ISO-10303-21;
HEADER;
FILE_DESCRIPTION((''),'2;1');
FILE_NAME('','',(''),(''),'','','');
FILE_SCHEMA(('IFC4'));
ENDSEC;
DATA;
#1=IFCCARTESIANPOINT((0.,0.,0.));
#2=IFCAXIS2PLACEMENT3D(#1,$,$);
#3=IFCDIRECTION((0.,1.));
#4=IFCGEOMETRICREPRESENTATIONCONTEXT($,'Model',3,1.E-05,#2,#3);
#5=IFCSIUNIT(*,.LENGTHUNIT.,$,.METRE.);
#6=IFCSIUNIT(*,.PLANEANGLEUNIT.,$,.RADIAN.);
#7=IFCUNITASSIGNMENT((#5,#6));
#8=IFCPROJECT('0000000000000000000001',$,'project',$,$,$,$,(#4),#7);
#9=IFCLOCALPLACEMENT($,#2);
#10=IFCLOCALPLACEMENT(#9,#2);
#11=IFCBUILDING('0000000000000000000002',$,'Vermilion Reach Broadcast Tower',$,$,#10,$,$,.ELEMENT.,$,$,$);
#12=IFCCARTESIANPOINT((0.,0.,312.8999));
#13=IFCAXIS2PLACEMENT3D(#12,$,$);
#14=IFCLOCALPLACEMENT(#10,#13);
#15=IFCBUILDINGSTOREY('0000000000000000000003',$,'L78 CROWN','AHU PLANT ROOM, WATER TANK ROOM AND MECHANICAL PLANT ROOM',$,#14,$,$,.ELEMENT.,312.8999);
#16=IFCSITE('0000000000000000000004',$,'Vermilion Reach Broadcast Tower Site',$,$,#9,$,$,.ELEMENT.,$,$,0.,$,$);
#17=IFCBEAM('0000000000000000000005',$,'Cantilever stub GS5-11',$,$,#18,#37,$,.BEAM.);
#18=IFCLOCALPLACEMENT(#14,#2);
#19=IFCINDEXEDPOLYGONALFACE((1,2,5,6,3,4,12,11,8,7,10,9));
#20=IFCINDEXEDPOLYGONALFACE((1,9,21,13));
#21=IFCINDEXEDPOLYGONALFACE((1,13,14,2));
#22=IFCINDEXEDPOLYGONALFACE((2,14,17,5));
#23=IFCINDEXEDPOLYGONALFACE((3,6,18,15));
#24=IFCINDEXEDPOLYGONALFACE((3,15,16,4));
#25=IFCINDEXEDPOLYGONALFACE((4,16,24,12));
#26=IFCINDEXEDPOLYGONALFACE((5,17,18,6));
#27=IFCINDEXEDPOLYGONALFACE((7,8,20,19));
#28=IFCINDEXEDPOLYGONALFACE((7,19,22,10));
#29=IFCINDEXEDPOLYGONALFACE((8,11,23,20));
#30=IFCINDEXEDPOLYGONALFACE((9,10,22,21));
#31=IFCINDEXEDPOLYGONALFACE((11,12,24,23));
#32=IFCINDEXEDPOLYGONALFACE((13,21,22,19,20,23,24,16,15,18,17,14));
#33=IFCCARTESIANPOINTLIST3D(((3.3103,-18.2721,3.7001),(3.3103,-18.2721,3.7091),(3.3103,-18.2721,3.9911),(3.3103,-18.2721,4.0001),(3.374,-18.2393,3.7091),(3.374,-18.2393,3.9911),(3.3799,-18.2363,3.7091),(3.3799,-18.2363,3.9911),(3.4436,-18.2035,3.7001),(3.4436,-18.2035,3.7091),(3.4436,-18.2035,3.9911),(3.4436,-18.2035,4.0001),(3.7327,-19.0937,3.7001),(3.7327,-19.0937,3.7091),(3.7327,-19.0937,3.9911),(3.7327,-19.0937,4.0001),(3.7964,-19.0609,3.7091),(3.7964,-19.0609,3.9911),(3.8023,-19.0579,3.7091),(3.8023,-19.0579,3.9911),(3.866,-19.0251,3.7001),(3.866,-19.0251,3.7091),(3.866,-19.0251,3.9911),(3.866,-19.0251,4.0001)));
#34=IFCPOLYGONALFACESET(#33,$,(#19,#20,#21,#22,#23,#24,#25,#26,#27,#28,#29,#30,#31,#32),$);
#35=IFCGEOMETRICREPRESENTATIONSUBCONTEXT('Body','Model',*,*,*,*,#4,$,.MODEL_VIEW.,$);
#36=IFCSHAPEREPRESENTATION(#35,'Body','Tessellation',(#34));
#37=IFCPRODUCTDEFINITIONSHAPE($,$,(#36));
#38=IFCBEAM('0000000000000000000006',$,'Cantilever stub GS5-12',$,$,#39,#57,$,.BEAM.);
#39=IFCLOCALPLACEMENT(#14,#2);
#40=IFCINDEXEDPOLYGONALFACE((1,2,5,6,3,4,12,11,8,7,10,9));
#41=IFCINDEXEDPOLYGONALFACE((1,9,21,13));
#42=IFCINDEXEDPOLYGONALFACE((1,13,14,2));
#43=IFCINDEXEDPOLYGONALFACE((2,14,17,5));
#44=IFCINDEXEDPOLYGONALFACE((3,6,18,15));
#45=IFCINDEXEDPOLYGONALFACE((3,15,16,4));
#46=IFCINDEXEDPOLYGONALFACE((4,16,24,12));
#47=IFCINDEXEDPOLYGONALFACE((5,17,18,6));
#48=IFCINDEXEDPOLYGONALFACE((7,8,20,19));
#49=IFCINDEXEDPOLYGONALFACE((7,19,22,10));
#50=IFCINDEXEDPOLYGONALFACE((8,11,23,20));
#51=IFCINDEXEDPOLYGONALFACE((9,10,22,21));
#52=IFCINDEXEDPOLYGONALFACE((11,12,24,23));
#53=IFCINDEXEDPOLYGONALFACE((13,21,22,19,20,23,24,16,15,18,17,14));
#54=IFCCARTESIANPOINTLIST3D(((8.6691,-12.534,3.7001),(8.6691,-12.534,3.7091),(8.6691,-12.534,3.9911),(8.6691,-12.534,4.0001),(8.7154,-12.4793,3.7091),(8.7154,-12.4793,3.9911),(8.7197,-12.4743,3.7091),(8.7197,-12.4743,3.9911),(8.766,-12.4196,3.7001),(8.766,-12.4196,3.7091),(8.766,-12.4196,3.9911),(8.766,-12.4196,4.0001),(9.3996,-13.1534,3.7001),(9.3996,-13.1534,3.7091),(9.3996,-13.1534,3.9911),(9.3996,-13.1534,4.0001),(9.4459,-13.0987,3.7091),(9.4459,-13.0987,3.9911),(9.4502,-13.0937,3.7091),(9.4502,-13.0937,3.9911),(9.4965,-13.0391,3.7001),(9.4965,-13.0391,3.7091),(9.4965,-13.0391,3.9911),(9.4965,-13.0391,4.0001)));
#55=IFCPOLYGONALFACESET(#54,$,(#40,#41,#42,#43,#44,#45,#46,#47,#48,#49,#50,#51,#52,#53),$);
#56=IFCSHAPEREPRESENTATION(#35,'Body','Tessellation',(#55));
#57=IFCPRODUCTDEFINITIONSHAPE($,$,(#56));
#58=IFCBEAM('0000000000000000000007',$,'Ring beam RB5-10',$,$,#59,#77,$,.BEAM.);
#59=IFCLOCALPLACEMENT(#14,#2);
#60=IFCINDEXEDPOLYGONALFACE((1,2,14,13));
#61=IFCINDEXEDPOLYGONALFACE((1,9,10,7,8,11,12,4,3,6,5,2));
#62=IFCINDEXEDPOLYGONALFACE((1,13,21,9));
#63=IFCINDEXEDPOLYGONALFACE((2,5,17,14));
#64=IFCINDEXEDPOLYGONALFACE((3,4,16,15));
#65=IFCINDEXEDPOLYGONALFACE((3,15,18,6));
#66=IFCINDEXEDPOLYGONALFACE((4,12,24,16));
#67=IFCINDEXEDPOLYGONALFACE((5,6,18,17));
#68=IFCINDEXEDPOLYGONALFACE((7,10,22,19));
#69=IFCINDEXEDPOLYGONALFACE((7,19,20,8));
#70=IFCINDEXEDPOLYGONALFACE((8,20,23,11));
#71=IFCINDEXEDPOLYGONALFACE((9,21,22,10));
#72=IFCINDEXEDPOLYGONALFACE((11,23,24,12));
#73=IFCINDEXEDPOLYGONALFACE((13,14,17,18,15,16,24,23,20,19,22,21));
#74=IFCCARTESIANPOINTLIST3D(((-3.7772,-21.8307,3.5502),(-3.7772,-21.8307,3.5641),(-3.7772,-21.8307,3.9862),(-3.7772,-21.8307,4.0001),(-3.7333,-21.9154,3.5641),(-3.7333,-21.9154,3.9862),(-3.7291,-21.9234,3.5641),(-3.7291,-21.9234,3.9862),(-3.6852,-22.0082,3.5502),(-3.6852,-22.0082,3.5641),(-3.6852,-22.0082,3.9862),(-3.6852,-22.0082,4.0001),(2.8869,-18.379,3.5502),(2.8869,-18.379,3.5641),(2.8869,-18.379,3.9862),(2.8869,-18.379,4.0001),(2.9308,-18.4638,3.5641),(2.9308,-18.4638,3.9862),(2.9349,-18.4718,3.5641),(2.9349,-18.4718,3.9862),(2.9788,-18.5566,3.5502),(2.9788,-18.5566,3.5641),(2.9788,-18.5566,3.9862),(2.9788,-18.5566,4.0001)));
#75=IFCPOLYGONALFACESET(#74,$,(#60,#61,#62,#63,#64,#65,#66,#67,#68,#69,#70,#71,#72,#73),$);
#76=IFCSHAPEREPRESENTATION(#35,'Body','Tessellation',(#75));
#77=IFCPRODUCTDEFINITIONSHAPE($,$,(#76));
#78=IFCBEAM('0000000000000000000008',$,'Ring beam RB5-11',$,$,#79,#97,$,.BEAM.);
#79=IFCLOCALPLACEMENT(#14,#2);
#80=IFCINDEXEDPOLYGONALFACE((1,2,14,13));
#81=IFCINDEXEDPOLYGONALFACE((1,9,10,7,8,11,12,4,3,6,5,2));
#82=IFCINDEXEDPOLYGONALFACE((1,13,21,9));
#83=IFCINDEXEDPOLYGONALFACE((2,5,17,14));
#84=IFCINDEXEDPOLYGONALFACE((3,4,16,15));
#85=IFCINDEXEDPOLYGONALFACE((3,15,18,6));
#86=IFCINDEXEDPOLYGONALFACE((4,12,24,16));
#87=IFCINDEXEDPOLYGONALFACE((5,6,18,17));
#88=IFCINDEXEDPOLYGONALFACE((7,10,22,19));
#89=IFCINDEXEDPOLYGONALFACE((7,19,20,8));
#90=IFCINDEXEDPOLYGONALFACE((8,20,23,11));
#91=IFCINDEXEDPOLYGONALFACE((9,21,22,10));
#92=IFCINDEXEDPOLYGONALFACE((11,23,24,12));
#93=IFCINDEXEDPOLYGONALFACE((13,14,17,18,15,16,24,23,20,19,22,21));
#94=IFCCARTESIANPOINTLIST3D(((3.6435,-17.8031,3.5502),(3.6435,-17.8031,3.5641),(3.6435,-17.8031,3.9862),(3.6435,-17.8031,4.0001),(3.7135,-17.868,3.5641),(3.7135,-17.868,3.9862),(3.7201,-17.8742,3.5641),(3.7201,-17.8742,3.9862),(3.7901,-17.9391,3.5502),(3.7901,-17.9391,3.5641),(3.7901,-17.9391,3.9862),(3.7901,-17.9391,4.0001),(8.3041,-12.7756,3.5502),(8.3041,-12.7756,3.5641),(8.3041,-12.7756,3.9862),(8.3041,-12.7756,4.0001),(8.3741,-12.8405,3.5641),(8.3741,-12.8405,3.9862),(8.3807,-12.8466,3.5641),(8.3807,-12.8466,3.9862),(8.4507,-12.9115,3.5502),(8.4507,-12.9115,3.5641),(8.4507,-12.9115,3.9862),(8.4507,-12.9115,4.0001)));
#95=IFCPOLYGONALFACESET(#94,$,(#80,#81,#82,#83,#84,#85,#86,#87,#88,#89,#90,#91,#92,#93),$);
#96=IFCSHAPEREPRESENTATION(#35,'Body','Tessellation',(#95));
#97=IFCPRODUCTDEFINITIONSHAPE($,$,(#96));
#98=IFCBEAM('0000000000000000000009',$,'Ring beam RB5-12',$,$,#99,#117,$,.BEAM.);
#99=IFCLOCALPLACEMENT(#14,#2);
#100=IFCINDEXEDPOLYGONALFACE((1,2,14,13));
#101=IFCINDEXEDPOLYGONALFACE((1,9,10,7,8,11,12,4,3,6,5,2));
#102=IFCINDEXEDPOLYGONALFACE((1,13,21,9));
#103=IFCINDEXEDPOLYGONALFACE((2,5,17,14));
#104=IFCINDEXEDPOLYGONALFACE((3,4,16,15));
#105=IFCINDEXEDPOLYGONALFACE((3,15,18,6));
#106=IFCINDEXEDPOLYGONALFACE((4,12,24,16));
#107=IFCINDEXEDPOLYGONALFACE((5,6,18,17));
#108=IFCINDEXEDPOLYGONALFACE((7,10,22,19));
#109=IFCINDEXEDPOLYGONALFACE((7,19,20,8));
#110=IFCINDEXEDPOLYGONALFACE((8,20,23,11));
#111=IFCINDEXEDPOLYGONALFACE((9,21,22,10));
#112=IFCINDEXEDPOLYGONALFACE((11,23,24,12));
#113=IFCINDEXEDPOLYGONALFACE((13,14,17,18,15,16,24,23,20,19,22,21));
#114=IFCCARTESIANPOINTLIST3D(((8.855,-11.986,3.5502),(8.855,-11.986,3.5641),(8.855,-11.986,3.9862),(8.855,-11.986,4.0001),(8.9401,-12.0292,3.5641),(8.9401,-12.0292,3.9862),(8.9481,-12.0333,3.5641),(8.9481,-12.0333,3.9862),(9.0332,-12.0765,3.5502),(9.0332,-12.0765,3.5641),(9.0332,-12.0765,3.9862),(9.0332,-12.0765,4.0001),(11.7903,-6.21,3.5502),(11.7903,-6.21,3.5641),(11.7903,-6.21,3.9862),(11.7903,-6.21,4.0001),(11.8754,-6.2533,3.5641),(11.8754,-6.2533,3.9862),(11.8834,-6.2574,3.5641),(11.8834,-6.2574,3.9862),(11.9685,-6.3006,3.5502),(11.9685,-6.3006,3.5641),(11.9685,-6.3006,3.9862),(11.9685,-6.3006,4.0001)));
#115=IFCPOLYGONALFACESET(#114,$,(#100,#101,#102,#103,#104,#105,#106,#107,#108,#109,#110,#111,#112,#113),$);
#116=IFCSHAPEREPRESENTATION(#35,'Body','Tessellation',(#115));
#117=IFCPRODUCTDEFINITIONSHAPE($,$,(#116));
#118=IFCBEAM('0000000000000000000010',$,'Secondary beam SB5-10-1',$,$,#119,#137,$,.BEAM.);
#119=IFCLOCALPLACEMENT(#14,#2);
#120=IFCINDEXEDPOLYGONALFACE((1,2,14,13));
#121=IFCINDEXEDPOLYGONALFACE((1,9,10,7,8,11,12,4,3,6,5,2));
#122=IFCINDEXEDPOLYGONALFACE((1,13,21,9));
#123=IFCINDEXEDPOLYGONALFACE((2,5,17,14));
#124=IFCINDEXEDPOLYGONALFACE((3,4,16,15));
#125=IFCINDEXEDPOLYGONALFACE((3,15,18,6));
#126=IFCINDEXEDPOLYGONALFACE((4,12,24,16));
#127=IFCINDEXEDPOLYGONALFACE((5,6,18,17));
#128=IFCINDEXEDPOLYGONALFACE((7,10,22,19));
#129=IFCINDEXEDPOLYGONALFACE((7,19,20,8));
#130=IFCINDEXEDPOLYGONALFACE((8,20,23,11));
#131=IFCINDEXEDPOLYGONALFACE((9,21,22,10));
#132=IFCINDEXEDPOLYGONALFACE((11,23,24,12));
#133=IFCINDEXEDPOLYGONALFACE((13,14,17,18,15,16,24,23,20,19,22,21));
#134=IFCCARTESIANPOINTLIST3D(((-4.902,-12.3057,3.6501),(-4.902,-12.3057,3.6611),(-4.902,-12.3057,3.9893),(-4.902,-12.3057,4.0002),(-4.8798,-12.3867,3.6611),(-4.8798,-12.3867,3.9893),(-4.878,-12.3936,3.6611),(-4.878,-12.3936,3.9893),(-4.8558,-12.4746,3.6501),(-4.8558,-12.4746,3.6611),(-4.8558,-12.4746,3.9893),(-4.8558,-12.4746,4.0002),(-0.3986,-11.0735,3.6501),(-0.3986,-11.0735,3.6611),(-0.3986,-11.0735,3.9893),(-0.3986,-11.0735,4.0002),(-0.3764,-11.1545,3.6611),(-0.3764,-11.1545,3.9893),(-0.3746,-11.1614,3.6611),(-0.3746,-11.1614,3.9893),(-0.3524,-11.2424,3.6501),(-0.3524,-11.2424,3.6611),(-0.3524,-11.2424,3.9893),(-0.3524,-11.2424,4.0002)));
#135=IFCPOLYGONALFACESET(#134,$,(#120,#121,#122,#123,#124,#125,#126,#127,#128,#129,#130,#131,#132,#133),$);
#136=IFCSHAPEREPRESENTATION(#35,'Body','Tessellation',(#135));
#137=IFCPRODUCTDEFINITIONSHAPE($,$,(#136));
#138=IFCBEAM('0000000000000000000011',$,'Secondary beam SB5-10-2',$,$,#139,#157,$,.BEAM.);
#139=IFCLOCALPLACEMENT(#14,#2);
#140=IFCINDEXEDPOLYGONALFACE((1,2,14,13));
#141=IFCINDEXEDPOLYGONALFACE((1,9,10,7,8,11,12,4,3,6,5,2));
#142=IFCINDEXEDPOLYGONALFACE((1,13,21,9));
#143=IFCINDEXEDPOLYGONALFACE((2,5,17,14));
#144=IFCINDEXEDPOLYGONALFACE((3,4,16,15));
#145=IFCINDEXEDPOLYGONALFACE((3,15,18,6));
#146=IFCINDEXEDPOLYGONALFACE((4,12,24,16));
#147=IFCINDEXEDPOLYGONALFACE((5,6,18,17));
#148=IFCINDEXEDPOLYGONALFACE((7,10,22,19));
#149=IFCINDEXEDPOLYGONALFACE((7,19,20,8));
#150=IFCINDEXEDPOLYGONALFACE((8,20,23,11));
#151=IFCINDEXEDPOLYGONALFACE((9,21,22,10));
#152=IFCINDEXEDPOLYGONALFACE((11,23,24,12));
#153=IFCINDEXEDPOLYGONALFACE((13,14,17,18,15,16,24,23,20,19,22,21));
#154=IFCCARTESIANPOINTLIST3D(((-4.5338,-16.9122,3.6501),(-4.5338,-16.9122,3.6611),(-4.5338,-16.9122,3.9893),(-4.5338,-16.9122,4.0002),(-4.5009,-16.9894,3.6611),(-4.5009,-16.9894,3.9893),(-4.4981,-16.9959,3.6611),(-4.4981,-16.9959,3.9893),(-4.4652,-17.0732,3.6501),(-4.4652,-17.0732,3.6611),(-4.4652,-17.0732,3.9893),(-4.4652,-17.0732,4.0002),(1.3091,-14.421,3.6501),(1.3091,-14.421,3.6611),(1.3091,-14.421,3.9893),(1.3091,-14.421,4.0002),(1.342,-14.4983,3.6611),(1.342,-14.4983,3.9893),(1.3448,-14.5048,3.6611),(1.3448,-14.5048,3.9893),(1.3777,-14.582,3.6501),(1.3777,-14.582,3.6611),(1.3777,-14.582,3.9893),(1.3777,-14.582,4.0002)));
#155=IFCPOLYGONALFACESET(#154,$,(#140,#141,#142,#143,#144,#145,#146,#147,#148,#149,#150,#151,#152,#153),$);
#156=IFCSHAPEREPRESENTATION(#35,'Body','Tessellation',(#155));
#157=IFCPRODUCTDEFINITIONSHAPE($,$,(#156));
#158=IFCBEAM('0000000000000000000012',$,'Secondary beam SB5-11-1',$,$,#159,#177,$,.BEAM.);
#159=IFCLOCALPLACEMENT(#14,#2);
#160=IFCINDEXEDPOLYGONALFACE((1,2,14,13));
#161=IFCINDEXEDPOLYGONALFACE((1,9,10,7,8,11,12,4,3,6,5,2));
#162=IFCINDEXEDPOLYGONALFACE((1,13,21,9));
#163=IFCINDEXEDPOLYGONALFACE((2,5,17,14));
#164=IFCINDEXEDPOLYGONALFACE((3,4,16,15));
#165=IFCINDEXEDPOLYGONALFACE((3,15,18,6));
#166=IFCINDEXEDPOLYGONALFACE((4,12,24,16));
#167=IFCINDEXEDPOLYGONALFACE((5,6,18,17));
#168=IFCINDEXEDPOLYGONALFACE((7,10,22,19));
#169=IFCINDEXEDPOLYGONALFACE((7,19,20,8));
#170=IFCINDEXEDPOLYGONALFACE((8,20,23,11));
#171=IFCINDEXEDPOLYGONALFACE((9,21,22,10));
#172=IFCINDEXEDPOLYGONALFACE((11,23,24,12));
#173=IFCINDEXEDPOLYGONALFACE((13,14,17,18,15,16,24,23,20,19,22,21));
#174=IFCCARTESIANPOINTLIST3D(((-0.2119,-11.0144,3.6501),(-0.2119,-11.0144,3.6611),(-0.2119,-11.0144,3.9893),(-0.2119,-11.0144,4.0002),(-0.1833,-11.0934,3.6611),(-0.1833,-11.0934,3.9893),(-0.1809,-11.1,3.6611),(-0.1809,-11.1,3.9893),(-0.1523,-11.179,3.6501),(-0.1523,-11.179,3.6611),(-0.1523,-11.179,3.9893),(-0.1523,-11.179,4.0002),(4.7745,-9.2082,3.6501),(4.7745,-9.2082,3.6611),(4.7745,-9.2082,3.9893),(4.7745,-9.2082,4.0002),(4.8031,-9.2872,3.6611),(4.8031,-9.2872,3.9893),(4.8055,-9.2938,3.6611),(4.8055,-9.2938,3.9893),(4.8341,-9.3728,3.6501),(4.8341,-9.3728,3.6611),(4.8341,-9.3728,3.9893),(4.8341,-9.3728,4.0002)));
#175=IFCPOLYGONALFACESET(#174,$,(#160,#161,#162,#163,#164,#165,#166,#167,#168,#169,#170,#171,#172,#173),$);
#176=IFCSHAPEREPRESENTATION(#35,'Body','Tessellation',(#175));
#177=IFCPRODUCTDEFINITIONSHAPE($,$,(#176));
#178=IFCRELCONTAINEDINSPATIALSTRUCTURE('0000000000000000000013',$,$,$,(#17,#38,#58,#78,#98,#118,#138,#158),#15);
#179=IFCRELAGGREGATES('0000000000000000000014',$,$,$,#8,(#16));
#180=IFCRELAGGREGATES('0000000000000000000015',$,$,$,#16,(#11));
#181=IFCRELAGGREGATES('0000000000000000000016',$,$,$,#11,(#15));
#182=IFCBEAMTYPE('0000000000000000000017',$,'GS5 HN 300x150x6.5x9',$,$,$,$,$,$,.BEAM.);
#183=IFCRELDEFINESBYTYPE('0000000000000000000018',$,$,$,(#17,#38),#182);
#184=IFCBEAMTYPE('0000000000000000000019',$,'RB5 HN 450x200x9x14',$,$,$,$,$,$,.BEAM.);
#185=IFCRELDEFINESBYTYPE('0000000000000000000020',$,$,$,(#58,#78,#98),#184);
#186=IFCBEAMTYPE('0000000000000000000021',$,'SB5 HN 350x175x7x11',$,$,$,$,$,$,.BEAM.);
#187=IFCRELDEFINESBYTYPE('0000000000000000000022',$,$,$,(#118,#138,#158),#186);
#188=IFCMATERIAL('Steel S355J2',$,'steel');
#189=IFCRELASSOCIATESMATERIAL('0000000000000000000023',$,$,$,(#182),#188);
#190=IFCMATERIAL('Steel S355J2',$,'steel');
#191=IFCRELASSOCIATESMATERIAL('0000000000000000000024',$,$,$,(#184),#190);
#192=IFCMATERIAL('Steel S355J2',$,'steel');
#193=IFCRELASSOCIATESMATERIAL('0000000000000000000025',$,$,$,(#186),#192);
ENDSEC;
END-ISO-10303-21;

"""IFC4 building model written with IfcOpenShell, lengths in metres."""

from ifc_helpers import new_model, si_unit, direction, frame, origin, origin_2d, place, context, subcontext, project, spatial, i_section, extrude, material, material_profile, profile_set, type_object, element, save


model = new_model("IFC4")

# Units and contexts
model_context = context("Model", 3, precision=1e-05, world=origin(), true_north=direction((0.0, 1.0)))
body_context = subcontext(model_context, "Body", "Model", "MODEL_VIEW")
ifc_project = project(units=[si_unit("LENGTHUNIT", "METRE"), si_unit("PLANEANGLEUNIT", "RADIAN")], contexts=[model_context])

# Site, building, storey
site_placement = place(None, origin())
site = spatial("IfcSite", under=ifc_project, at=site_placement, Name="Vermilion Reach Broadcast Tower Site", CompositionType="ELEMENT", RefElevation=0.0)
building_placement = place(site_placement, origin())
building = spatial("IfcBuilding", under=site, at=building_placement, Name="Vermilion Reach Broadcast Tower", CompositionType="ELEMENT")
storey_placement = place(building_placement, frame((0.0, 0.0, 312.8999)))
storey = spatial("IfcBuildingStorey", under=building, at=storey_placement, Name="L78 CROWN", Description="AHU PLANT ROOM, WATER TANK ROOM AND MECHANICAL PLANT ROOM", CompositionType="ELEMENT", Elevation=312.8999)

# Beams
ifc_material_1 = material(Name="Steel S355J2", Category="steel")
ifc_material_profile_1 = material_profile(ifc_material_1, i_section(OverallWidth=0.1499, OverallDepth=0.3, WebThickness=0.0066, FlangeThickness=0.009, at=origin_2d()), Name="S355J2 HN 300x150x6.5x9")
ifc_profile_set_1 = profile_set([ifc_material_profile_1], Name="Steel S355J2")
beam_type_1 = type_object("IfcBeamType", Name="GS5 HN 300x150x6.5x9", PredefinedType="BEAM", material=ifc_profile_set_1)
beam_1_placement = place(storey_placement, frame((3.377, -18.2378, 3.8501), z_axis=(0.457229, -0.889349, 0.0), x_axis=(0.889349, 0.457229, 0.0)))
element("IfcBeam", 1, at=beam_1_placement, inside=storey, type_object=beam_type_1, Name="Cantilever stub GS5-11", PredefinedType="BEAM", context=body_context, shape_type="SweptSolid", body=[
    extrude(i_section(OverallWidth=0.1499, OverallDepth=0.3, WebThickness=0.0066, FlangeThickness=0.009, at=origin_2d()), origin(), (0.0, 0.0, 1.0), 0.9238),
])
beam_2_placement = place(storey_placement, frame((8.7175, -12.4768, 3.8501), z_axis=(0.762719, -0.64673, 0.0), x_axis=(0.64673, 0.762719, 0.0)))
element("IfcBeam", 2, at=beam_2_placement, inside=storey, type_object=beam_type_1, Name="Cantilever stub GS5-12", PredefinedType="BEAM", context=body_context, shape_type="SweptSolid", body=[
    extrude(i_section(OverallWidth=0.1499, OverallDepth=0.3, WebThickness=0.0066, FlangeThickness=0.009, at=origin_2d()), origin(), (0.0, 0.0, 1.0), 0.9578),
])
ifc_material_2 = material(Name="Steel S355J2", Category="steel")
ifc_material_profile_2 = material_profile(ifc_material_2, i_section(OverallWidth=0.2, OverallDepth=0.45, WebThickness=0.009, FlangeThickness=0.0139, at=origin_2d()), Name="S355J2 HN 450x200x9x14")
ifc_profile_set_2 = profile_set([ifc_material_profile_2], Name="Steel S355J2")
beam_type_2 = type_object("IfcBeamType", Name="RB5 HN 450x200x9x14", PredefinedType="BEAM", material=ifc_profile_set_2)
beam_3_placement = place(storey_placement, frame((-3.7312, -21.9194, 3.7751), z_axis=(0.88796, 0.45992, 0.0), x_axis=(-0.45992, 0.88796, 0.0)))
element("IfcBeam", 3, at=beam_3_placement, inside=storey, type_object=beam_type_2, Name="Ring beam RB5-10", PredefinedType="BEAM", context=body_context, shape_type="SweptSolid", body=[
    extrude(i_section(OverallWidth=0.2, OverallDepth=0.45, WebThickness=0.009, FlangeThickness=0.0139, at=origin_2d()), origin(), (0.0, 0.0, 1.0), 7.5049),
])
beam_4_placement = place(storey_placement, frame((3.7168, -17.8711, 3.7751), z_axis=(0.679838, 0.733363, 0.0), x_axis=(-0.733363, 0.679838, 0.0)))
element("IfcBeam", 4, at=beam_4_placement, inside=storey, type_object=beam_type_2, Name="Ring beam RB5-11", PredefinedType="BEAM", context=body_context, shape_type="SweptSolid", body=[
    extrude(i_section(OverallWidth=0.2, OverallDepth=0.45, WebThickness=0.009, FlangeThickness=0.0139, at=origin_2d()), origin(), (0.0, 0.0, 1.0), 6.8555),
])
beam_5_placement = place(storey_placement, frame((8.9441, -12.0312, 3.7751), z_axis=(0.453052, 0.891484, 0.0), x_axis=(-0.891484, 0.453052, 0.0)))
element("IfcBeam", 5, at=beam_5_placement, inside=storey, type_object=beam_type_2, Name="Ring beam RB5-12", PredefinedType="BEAM", context=body_context, shape_type="SweptSolid", body=[
    extrude(i_section(OverallWidth=0.2, OverallDepth=0.45, WebThickness=0.009, FlangeThickness=0.0139, at=origin_2d()), origin(), (0.0, 0.0, 1.0), 6.479),
])
ifc_material_3 = material(Name="Steel S355J2", Category="steel")
ifc_material_profile_3 = material_profile(ifc_material_3, i_section(OverallWidth=0.175, OverallDepth=0.3501, WebThickness=0.0071, FlangeThickness=0.011, at=origin_2d()), Name="S355J2 HN 350x175x7x11")
ifc_profile_set_3 = profile_set([ifc_material_profile_3], Name="Steel S355J2")
beam_type_3 = type_object("IfcBeamType", Name="SB5 HN 350x175x7x11", PredefinedType="BEAM", material=ifc_profile_set_3)
beam_6_placement = place(storey_placement, frame((-4.8789, -12.3901, 3.8252), z_axis=(0.964547, 0.263909, 0.0), x_axis=(-0.263909, 0.964547, 0.0)))
element("IfcBeam", 6, at=beam_6_placement, inside=storey, type_object=beam_type_3, Name="Secondary beam SB5-10-1", PredefinedType="BEAM", context=body_context, shape_type="SweptSolid", body=[
    extrude(i_section(OverallWidth=0.175, OverallDepth=0.3501, WebThickness=0.0071, FlangeThickness=0.011, at=origin_2d()), origin(), (0.0, 0.0, 1.0), 4.6689),
])
beam_7_placement = place(storey_placement, frame((-4.4995, -16.9927, 3.8252), z_axis=(0.919881, 0.392198, 0.0), x_axis=(-0.392198, 0.919881, 0.0)))
element("IfcBeam", 7, at=beam_7_placement, inside=storey, type_object=beam_type_3, Name="Secondary beam SB5-10-2", PredefinedType="BEAM", context=body_context, shape_type="SweptSolid", body=[
    extrude(i_section(OverallWidth=0.175, OverallDepth=0.3501, WebThickness=0.0071, FlangeThickness=0.011, at=origin_2d()), origin(), (0.0, 0.0, 1.0), 6.3518),
])
beam_8_placement = place(storey_placement, frame((-0.1821, -11.0967, 3.8252), z_axis=(0.94022, 0.340567, 0.0), x_axis=(-0.340567, 0.94022, 0.0)))
element("IfcBeam", 8, at=beam_8_placement, inside=storey, type_object=beam_type_3, Name="Secondary beam SB5-11-1", PredefinedType="BEAM", context=body_context, shape_type="SweptSolid", body=[
    extrude(i_section(OverallWidth=0.175, OverallDepth=0.3501, WebThickness=0.0071, FlangeThickness=0.011, at=origin_2d()), origin(), (0.0, 0.0, 1.0), 5.3035),
])

save(model, "model.ifc")
